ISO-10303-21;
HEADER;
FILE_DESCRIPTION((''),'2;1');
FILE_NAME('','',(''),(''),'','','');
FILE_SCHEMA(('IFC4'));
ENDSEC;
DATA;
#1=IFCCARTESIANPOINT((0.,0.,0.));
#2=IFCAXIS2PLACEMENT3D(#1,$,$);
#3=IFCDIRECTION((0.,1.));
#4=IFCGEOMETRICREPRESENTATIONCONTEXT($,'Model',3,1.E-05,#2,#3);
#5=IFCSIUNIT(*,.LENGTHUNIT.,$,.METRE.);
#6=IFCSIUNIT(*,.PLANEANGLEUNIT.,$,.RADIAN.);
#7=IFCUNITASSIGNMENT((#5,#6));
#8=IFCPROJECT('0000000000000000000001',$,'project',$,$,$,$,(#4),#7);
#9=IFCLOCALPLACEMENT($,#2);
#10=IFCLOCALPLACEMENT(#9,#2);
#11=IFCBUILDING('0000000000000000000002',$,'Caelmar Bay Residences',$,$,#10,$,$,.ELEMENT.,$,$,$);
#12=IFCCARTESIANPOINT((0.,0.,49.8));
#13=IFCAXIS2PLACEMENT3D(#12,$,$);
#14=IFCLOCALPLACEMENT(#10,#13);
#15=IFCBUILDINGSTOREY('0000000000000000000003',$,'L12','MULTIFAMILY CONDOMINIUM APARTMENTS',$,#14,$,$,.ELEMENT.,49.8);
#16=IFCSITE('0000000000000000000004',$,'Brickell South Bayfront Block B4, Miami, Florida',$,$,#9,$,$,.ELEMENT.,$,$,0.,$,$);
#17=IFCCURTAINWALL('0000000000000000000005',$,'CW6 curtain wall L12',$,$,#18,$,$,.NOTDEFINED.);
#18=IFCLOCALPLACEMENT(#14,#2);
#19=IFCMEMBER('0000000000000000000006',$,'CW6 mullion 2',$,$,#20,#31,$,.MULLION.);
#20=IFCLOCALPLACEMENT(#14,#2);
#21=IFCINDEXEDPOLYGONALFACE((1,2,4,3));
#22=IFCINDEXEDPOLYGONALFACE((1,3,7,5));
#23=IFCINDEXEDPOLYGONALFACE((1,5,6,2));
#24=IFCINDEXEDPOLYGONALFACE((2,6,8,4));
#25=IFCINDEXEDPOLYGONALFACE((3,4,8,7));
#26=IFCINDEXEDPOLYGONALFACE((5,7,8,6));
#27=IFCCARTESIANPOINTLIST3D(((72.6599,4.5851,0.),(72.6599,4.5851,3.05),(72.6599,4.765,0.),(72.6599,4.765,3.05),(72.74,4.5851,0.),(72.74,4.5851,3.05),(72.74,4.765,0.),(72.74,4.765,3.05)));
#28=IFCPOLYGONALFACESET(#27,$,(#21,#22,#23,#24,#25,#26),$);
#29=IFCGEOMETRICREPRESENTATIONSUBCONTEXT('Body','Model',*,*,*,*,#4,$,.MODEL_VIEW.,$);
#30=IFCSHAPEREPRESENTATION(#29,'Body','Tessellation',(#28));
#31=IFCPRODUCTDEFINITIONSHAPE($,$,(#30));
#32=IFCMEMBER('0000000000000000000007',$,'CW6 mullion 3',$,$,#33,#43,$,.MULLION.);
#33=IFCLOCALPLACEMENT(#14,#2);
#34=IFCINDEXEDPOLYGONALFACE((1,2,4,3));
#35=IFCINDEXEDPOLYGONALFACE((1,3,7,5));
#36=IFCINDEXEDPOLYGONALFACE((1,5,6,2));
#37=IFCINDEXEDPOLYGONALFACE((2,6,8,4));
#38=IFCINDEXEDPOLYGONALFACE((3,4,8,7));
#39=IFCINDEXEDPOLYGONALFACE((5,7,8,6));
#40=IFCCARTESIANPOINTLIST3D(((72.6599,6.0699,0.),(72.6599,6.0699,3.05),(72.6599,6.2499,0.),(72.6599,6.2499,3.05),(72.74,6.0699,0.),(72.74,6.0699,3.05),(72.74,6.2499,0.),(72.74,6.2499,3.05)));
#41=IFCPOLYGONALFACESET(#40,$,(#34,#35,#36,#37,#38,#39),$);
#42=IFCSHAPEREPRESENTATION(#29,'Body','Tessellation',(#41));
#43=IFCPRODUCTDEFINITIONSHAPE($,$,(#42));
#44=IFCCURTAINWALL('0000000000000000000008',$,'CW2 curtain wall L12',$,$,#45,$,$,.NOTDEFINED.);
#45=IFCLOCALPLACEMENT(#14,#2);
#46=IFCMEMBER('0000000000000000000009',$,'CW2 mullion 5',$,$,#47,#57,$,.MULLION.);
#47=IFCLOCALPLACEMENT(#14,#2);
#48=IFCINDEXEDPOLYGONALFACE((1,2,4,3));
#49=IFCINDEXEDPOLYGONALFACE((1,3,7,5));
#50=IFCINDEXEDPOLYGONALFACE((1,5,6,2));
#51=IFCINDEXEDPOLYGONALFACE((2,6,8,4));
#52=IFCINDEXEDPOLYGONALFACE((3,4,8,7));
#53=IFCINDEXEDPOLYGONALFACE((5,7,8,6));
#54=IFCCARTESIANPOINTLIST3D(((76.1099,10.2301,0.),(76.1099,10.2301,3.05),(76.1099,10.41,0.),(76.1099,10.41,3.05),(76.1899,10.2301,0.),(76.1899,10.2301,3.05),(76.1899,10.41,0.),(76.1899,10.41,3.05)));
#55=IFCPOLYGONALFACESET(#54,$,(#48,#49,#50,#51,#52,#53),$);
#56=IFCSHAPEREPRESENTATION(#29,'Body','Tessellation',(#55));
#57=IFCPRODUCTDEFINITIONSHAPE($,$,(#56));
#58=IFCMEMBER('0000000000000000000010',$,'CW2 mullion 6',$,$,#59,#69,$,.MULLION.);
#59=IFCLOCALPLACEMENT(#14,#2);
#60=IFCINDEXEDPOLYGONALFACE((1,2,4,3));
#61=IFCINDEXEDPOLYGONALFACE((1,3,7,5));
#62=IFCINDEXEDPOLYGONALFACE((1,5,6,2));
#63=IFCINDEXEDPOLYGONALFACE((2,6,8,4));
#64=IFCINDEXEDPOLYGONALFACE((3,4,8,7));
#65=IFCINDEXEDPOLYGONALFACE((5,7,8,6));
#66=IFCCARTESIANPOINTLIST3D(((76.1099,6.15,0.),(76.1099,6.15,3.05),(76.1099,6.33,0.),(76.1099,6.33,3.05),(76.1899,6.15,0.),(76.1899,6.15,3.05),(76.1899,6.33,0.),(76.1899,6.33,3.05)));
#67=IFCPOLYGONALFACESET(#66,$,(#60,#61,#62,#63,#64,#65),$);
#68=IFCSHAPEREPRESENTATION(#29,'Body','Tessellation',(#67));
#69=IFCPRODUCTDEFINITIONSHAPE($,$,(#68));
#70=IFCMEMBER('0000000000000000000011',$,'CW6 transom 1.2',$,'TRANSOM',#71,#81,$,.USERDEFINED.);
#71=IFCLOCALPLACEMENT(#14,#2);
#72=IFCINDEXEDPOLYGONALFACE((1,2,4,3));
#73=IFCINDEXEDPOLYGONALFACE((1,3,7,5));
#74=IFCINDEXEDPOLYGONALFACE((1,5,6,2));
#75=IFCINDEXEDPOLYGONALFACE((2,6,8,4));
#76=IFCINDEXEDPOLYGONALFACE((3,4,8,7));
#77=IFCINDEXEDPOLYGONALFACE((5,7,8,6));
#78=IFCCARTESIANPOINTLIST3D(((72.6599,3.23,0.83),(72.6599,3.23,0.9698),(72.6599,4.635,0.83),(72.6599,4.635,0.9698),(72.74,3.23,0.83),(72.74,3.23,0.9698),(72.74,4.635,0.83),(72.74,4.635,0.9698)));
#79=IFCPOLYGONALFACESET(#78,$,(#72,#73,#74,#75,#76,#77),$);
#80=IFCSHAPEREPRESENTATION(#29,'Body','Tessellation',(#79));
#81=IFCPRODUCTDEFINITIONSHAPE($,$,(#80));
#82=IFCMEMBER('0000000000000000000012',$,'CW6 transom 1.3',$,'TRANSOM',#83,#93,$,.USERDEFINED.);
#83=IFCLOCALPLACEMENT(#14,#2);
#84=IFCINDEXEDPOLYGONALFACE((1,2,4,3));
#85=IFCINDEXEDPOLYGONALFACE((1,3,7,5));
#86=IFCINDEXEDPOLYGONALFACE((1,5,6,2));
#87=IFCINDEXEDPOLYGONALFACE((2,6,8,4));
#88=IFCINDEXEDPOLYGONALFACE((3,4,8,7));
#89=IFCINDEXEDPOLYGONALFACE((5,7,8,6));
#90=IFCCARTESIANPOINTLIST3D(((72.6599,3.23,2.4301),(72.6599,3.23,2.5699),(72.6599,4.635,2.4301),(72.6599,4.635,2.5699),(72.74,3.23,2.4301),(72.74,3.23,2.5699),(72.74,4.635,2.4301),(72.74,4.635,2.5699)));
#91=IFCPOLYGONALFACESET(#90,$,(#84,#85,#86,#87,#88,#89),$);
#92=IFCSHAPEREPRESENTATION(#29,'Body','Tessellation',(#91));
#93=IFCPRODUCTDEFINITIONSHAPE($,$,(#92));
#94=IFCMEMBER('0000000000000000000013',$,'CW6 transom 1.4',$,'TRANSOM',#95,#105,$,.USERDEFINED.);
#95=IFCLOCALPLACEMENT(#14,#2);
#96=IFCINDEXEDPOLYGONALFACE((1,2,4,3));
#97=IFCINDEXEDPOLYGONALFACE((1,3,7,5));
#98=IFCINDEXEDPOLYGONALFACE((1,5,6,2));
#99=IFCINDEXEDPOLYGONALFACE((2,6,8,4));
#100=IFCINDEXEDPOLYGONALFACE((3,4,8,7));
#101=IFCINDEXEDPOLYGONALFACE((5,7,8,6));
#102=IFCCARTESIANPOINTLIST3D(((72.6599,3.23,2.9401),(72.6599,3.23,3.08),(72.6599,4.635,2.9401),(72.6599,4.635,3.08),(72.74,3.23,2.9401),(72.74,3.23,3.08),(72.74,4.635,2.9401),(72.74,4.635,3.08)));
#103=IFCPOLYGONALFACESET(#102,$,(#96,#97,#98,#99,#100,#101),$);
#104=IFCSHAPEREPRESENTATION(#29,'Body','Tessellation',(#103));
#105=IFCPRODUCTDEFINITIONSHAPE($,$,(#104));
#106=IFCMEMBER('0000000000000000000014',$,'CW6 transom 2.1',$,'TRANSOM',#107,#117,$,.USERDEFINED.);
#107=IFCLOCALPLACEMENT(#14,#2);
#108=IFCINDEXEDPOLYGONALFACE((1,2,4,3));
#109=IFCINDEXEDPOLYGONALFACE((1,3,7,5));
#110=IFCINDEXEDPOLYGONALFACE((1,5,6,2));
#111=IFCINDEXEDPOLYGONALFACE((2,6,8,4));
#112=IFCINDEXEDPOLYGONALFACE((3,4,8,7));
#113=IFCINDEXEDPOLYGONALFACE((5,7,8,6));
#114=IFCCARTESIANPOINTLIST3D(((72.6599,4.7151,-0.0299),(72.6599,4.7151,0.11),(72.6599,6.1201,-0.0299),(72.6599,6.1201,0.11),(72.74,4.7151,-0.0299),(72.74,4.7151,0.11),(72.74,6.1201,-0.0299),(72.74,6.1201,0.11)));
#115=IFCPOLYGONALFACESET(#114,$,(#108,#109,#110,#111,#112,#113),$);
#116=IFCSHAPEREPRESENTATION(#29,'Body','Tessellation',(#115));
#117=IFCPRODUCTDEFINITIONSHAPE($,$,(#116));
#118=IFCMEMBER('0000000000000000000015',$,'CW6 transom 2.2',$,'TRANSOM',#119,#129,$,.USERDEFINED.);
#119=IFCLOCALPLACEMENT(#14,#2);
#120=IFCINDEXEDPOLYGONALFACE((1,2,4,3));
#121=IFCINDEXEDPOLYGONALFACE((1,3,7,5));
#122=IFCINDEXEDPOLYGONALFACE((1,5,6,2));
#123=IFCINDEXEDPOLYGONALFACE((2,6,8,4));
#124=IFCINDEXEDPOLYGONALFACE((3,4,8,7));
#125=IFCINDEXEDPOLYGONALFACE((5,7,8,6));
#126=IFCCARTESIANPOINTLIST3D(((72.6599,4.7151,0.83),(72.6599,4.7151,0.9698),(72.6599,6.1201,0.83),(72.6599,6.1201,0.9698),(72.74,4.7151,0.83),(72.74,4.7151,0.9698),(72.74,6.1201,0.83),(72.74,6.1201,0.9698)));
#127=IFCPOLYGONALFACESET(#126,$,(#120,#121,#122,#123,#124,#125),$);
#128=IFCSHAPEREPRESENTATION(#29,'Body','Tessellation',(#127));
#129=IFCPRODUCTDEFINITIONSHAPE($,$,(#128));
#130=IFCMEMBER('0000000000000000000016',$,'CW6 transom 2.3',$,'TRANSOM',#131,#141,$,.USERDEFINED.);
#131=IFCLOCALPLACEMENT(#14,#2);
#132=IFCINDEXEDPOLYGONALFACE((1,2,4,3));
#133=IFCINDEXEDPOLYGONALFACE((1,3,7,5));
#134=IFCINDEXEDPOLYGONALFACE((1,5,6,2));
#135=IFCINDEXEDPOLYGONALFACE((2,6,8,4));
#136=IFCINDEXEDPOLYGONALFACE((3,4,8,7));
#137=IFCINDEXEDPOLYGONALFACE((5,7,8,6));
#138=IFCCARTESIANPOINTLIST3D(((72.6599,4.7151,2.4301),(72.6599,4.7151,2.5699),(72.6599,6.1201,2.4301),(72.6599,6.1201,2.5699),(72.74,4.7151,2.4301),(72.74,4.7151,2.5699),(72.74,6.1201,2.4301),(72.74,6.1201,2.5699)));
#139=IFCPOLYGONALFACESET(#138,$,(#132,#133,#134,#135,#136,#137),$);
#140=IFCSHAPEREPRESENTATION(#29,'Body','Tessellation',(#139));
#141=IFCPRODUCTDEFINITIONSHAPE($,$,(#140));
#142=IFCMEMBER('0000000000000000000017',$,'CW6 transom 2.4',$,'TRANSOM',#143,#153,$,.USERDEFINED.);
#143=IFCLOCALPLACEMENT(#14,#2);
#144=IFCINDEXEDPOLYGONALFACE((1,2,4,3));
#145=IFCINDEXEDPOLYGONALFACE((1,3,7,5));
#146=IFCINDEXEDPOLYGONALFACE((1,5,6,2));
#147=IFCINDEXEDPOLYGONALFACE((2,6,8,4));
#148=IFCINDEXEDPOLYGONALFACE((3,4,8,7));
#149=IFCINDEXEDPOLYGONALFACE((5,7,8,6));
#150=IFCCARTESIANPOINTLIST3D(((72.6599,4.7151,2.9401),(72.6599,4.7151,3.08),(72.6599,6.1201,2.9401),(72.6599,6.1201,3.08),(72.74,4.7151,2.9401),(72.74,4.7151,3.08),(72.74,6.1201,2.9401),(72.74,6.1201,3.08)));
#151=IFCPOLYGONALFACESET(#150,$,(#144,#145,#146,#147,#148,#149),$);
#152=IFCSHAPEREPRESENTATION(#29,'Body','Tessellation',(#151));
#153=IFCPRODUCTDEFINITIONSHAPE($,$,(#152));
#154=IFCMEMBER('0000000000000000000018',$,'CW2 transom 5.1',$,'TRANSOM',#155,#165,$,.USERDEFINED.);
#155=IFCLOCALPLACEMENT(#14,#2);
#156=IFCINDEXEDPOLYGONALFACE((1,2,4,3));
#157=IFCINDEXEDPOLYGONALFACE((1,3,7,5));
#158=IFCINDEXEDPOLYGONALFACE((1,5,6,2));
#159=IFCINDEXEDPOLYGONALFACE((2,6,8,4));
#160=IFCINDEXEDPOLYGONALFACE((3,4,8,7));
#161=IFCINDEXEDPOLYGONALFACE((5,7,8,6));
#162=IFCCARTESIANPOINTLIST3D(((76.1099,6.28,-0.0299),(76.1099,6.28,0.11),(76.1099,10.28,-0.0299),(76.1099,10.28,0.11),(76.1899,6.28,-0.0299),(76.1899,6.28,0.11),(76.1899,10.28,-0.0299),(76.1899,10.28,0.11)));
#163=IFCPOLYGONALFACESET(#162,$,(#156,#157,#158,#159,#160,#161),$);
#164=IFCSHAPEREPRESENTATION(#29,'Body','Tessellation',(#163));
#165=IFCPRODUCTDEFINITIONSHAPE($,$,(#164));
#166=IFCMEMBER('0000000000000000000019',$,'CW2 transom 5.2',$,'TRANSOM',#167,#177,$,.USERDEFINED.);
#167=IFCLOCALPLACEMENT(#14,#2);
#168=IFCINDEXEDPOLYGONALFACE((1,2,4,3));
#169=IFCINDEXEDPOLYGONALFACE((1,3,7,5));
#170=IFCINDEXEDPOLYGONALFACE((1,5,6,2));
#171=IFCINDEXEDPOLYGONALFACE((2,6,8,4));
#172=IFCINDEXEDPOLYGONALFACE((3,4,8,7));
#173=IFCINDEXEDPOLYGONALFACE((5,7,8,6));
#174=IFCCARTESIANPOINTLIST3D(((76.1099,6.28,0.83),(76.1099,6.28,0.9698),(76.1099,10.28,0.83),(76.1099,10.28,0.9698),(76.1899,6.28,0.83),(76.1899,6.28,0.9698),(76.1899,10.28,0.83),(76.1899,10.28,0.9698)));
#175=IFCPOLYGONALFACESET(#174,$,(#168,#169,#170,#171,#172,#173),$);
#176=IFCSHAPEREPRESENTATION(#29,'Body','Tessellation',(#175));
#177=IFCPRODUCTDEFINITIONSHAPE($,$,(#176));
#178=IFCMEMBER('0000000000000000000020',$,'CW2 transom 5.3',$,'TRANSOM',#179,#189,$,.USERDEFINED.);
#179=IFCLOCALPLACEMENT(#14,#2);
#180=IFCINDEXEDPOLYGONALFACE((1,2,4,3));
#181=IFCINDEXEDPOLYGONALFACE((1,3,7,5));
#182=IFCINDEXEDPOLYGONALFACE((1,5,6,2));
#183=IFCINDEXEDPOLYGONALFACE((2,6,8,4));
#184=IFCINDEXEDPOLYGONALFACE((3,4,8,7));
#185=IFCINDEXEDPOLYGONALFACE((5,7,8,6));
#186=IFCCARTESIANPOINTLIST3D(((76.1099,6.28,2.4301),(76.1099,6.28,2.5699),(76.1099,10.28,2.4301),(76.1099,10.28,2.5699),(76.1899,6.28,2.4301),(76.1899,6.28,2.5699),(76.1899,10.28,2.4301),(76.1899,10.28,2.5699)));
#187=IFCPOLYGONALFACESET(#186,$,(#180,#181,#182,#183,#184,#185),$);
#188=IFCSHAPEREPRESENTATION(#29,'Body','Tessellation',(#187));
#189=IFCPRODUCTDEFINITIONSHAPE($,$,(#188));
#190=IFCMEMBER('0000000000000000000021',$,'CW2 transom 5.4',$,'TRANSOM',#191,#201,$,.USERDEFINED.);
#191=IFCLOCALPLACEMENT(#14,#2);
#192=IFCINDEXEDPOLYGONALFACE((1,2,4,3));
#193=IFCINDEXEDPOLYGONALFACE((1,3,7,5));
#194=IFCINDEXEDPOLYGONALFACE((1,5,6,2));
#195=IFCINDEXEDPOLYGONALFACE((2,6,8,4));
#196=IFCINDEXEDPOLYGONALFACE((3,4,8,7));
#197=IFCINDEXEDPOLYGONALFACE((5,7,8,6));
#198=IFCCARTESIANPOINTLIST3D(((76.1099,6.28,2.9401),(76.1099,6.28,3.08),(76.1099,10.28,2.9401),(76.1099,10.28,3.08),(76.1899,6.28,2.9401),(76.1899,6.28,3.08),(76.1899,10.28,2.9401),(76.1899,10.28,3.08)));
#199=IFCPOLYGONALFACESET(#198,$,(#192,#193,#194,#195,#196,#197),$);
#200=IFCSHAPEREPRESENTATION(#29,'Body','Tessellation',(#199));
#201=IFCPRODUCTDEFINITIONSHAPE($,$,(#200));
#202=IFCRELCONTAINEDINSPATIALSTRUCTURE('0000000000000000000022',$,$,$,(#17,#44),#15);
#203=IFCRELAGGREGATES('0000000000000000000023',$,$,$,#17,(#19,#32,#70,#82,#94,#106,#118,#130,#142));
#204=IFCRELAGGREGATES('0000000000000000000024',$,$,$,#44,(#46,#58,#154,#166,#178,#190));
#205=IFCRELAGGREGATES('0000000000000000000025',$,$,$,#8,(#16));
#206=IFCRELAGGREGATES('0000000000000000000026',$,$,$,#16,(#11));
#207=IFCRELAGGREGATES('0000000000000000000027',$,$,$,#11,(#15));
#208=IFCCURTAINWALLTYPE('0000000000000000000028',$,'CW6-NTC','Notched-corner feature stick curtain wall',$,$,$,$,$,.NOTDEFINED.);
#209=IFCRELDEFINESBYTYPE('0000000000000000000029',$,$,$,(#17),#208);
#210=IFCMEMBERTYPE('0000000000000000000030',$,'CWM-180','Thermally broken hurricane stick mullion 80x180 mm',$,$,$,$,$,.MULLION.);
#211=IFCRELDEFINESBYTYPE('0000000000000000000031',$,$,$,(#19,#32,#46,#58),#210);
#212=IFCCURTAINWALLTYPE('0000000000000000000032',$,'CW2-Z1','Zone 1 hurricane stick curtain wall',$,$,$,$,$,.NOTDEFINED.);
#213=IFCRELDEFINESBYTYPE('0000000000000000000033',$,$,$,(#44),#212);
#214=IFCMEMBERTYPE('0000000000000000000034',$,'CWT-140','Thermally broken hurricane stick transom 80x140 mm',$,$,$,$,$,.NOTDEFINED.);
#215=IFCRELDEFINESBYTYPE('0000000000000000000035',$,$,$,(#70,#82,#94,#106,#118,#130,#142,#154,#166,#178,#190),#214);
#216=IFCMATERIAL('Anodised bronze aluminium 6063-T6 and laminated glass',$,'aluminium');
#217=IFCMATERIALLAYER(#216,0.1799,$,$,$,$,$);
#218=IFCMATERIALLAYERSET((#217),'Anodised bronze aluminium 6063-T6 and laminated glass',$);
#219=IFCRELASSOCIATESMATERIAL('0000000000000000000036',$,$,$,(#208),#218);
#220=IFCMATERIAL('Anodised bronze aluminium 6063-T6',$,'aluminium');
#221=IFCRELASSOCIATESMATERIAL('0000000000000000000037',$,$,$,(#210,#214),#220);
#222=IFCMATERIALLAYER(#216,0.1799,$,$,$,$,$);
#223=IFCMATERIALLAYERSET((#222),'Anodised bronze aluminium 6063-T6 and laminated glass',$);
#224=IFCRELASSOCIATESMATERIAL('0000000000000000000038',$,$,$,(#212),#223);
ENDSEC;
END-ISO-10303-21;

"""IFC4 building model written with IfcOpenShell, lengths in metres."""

from ifc_helpers import new_model, si_unit, direction, frame, origin, origin_2d, place, context, subcontext, project, spatial, rectangle, extrude, material, layer, layer_set, material_profile, profile_set, type_object, element, aggregate, save


model = new_model("IFC4")

# Units and contexts
model_context = context("Model", 3, precision=1e-05, world=origin(), true_north=direction((0.0, 1.0)))
body_context = subcontext(model_context, "Body", "Model", "MODEL_VIEW")
ifc_project = project(units=[si_unit("LENGTHUNIT", "METRE"), si_unit("PLANEANGLEUNIT", "RADIAN")], contexts=[model_context])

# Site, building, storey
site_placement = place(None, origin())
site = spatial("IfcSite", under=ifc_project, at=site_placement, Name="Brickell South Bayfront Block B4, Miami, Florida", CompositionType="ELEMENT", RefElevation=0.0)
building_placement = place(site_placement, origin())
building = spatial("IfcBuilding", under=site, at=building_placement, Name="Caelmar Bay Residences", CompositionType="ELEMENT")
storey_placement = place(building_placement, frame((0.0, 0.0, 49.8)))
storey = spatial("IfcBuildingStorey", under=building, at=storey_placement, Name="L12", Description="MULTIFAMILY CONDOMINIUM APARTMENTS", CompositionType="ELEMENT", Elevation=49.8)

# Curtain walls, members
ifc_material_1 = material(Name="Anodised bronze aluminium 6063-T6 and laminated glass", Category="aluminium")
ifc_layer_1 = layer(ifc_material_1, 0.1799)
ifc_layer_set_1 = layer_set([ifc_layer_1], Name="Anodised bronze aluminium 6063-T6 and laminated glass")
curtain_wall_type_1 = type_object("IfcCurtainWallType", Name="CW6-NTC", Description="Notched-corner feature stick curtain wall", PredefinedType="NOTDEFINED", material=ifc_layer_set_1)
curtain_wall_1_placement = place(storey_placement, origin())
curtain_wall_1 = element("IfcCurtainWall", 1, at=curtain_wall_1_placement, inside=storey, type_object=curtain_wall_type_1, Name="CW6 curtain wall L12", PredefinedType="NOTDEFINED")
ifc_material_2 = material(Name="Anodised bronze aluminium 6063-T6", Category="aluminium")
ifc_material_profile_1 = material_profile(ifc_material_2, rectangle(XDim=0.0801, YDim=0.1799, at=origin_2d()), Name="CWM-80X180")
ifc_profile_set_1 = profile_set([ifc_material_profile_1], Name="Anodised bronze aluminium 6063-T6")
member_type_1 = type_object("IfcMemberType", Name="CWM-180", Description="Thermally broken hurricane stick mullion 80x180 mm", PredefinedType="MULLION", material=ifc_profile_set_1)
member_1_placement = place(storey_placement, frame((72.7, 4.675, 0.0), z_axis=(0.0, 0.0, 1.0), x_axis=(-1.0, 0.0, 0.0)))
member_1 = element("IfcMember", 2, at=member_1_placement, type_object=member_type_1, Name="CW6 mullion 2", PredefinedType="MULLION", context=body_context, shape_type="SweptSolid", body=[
    extrude(rectangle(XDim=0.0801, YDim=0.1799, at=origin_2d()), origin(), (0.0, 0.0, 1.0), 3.05),
])
member_2_placement = place(storey_placement, frame((72.7, 6.1599, 0.0), z_axis=(0.0, 0.0, 1.0), x_axis=(-1.0, 0.0, 0.0)))
member_2 = element("IfcMember", 3, at=member_2_placement, type_object=member_type_1, Name="CW6 mullion 3", PredefinedType="MULLION", context=body_context, shape_type="SweptSolid", body=[
    extrude(rectangle(XDim=0.0801, YDim=0.1799, at=origin_2d()), origin(), (0.0, 0.0, 1.0), 3.05),
])
ifc_layer_2 = layer(ifc_material_1, 0.1799)
ifc_layer_set_2 = layer_set([ifc_layer_2], Name="Anodised bronze aluminium 6063-T6 and laminated glass")
curtain_wall_type_2 = type_object("IfcCurtainWallType", Name="CW2-Z1", Description="Zone 1 hurricane stick curtain wall", PredefinedType="NOTDEFINED", material=ifc_layer_set_2)
curtain_wall_2_placement = place(storey_placement, origin())
curtain_wall_2 = element("IfcCurtainWall", 4, at=curtain_wall_2_placement, inside=storey, type_object=curtain_wall_type_2, Name="CW2 curtain wall L12", PredefinedType="NOTDEFINED")
member_3_placement = place(storey_placement, frame((76.1499, 10.3201, 0.0), z_axis=(0.0, 0.0, 1.0), x_axis=(1.0, 0.0, 0.0)))
member_3 = element("IfcMember", 5, at=member_3_placement, type_object=member_type_1, Name="CW2 mullion 5", PredefinedType="MULLION", context=body_context, shape_type="SweptSolid", body=[
    extrude(rectangle(XDim=0.0801, YDim=0.1799, at=origin_2d()), origin(), (0.0, 0.0, 1.0), 3.05),
])
member_4_placement = place(storey_placement, frame((76.1499, 6.24, 0.0), z_axis=(0.0, 0.0, 1.0), x_axis=(1.0, 0.0, 0.0)))
member_4 = element("IfcMember", 6, at=member_4_placement, type_object=member_type_1, Name="CW2 mullion 6", PredefinedType="MULLION", context=body_context, shape_type="SweptSolid", body=[
    extrude(rectangle(XDim=0.0801, YDim=0.1799, at=origin_2d()), origin(), (0.0, 0.0, 1.0), 3.05),
])

# Members
ifc_material_profile_2 = material_profile(ifc_material_2, rectangle(XDim=0.0801, YDim=0.1399, at=origin_2d()), Name="CWT-80X140")
ifc_profile_set_2 = profile_set([ifc_material_profile_2], Name="Anodised bronze aluminium 6063-T6")
member_type_2 = type_object("IfcMemberType", Name="CWT-140", Description="Thermally broken hurricane stick transom 80x140 mm", PredefinedType="NOTDEFINED", material=ifc_profile_set_2)
member_5_placement = place(storey_placement, frame((72.7, 3.23, 0.8999), z_axis=(0.0, 1.0, 0.0), x_axis=(-1.0, 0.0, 0.0)))
member_5 = element("IfcMember", 7, at=member_5_placement, type_object=member_type_2, Name="CW6 transom 1.2", ObjectType="TRANSOM", PredefinedType="USERDEFINED", context=body_context, shape_type="SweptSolid", body=[
    extrude(rectangle(XDim=0.0801, YDim=0.1399, at=origin_2d()), origin(), (0.0, 0.0, 1.0), 1.405),
])
member_6_placement = place(storey_placement, frame((72.7, 3.23, 2.5), z_axis=(0.0, 1.0, 0.0), x_axis=(-1.0, 0.0, 0.0)))
member_6 = element("IfcMember", 8, at=member_6_placement, type_object=member_type_2, Name="CW6 transom 1.3", ObjectType="TRANSOM", PredefinedType="USERDEFINED", context=body_context, shape_type="SweptSolid", body=[
    extrude(rectangle(XDim=0.0801, YDim=0.1399, at=origin_2d()), origin(), (0.0, 0.0, 1.0), 1.405),
])
member_7_placement = place(storey_placement, frame((72.7, 3.23, 3.01), z_axis=(0.0, 1.0, 0.0), x_axis=(-1.0, 0.0, 0.0)))
member_7 = element("IfcMember", 9, at=member_7_placement, type_object=member_type_2, Name="CW6 transom 1.4", ObjectType="TRANSOM", PredefinedType="USERDEFINED", context=body_context, shape_type="SweptSolid", body=[
    extrude(rectangle(XDim=0.0801, YDim=0.1399, at=origin_2d()), origin(), (0.0, 0.0, 1.0), 1.405),
])
member_8_placement = place(storey_placement, frame((72.7, 4.7151, 0.04), z_axis=(0.0, 1.0, 0.0), x_axis=(-1.0, 0.0, 0.0)))
member_8 = element("IfcMember", 10, at=member_8_placement, type_object=member_type_2, Name="CW6 transom 2.1", ObjectType="TRANSOM", PredefinedType="USERDEFINED", context=body_context, shape_type="SweptSolid", body=[
    extrude(rectangle(XDim=0.0801, YDim=0.1399, at=origin_2d()), origin(), (0.0, 0.0, 1.0), 1.405),
])
member_9_placement = place(storey_placement, frame((72.7, 4.7151, 0.8999), z_axis=(0.0, 1.0, 0.0), x_axis=(-1.0, 0.0, 0.0)))
member_9 = element("IfcMember", 11, at=member_9_placement, type_object=member_type_2, Name="CW6 transom 2.2", ObjectType="TRANSOM", PredefinedType="USERDEFINED", context=body_context, shape_type="SweptSolid", body=[
    extrude(rectangle(XDim=0.0801, YDim=0.1399, at=origin_2d()), origin(), (0.0, 0.0, 1.0), 1.405),
])
member_10_placement = place(storey_placement, frame((72.7, 4.7151, 2.5), z_axis=(0.0, 1.0, 0.0), x_axis=(-1.0, 0.0, 0.0)))
member_10 = element("IfcMember", 12, at=member_10_placement, type_object=member_type_2, Name="CW6 transom 2.3", ObjectType="TRANSOM", PredefinedType="USERDEFINED", context=body_context, shape_type="SweptSolid", body=[
    extrude(rectangle(XDim=0.0801, YDim=0.1399, at=origin_2d()), origin(), (0.0, 0.0, 1.0), 1.405),
])
member_11_placement = place(storey_placement, frame((72.7, 4.7151, 3.01), z_axis=(0.0, 1.0, 0.0), x_axis=(-1.0, 0.0, 0.0)))
member_11 = element("IfcMember", 13, at=member_11_placement, type_object=member_type_2, Name="CW6 transom 2.4", ObjectType="TRANSOM", PredefinedType="USERDEFINED", context=body_context, shape_type="SweptSolid", body=[
    extrude(rectangle(XDim=0.0801, YDim=0.1399, at=origin_2d()), origin(), (0.0, 0.0, 1.0), 1.405),
])
member_12_placement = place(storey_placement, frame((76.1499, 10.28, 0.04), z_axis=(0.0, -1.0, 0.0), x_axis=(1.0, 0.0, 0.0)))
member_12 = element("IfcMember", 14, at=member_12_placement, type_object=member_type_2, Name="CW2 transom 5.1", ObjectType="TRANSOM", PredefinedType="USERDEFINED", context=body_context, shape_type="SweptSolid", body=[
    extrude(rectangle(XDim=0.0801, YDim=0.1399, at=origin_2d()), origin(), (0.0, 0.0, 1.0), 4.0),
])
member_13_placement = place(storey_placement, frame((76.1499, 10.28, 0.8999), z_axis=(0.0, -1.0, 0.0), x_axis=(1.0, 0.0, 0.0)))
member_13 = element("IfcMember", 15, at=member_13_placement, type_object=member_type_2, Name="CW2 transom 5.2", ObjectType="TRANSOM", PredefinedType="USERDEFINED", context=body_context, shape_type="SweptSolid", body=[
    extrude(rectangle(XDim=0.0801, YDim=0.1399, at=origin_2d()), origin(), (0.0, 0.0, 1.0), 4.0),
])
member_14_placement = place(storey_placement, frame((76.1499, 10.28, 2.5), z_axis=(0.0, -1.0, 0.0), x_axis=(1.0, 0.0, 0.0)))
member_14 = element("IfcMember", 16, at=member_14_placement, type_object=member_type_2, Name="CW2 transom 5.3", ObjectType="TRANSOM", PredefinedType="USERDEFINED", context=body_context, shape_type="SweptSolid", body=[
    extrude(rectangle(XDim=0.0801, YDim=0.1399, at=origin_2d()), origin(), (0.0, 0.0, 1.0), 4.0),
])
member_15_placement = place(storey_placement, frame((76.1499, 10.28, 3.01), z_axis=(0.0, -1.0, 0.0), x_axis=(1.0, 0.0, 0.0)))
member_15 = element("IfcMember", 17, at=member_15_placement, type_object=member_type_2, Name="CW2 transom 5.4", ObjectType="TRANSOM", PredefinedType="USERDEFINED", context=body_context, shape_type="SweptSolid", body=[
    extrude(rectangle(XDim=0.0801, YDim=0.1399, at=origin_2d()), origin(), (0.0, 0.0, 1.0), 4.0),
])

aggregate(curtain_wall_1, [member_1, member_2, member_5, member_6, member_7, member_8, member_9, member_10, member_11])
aggregate(curtain_wall_2, [member_3, member_4, member_12, member_13, member_14, member_15])

save(model, "model.ifc")
